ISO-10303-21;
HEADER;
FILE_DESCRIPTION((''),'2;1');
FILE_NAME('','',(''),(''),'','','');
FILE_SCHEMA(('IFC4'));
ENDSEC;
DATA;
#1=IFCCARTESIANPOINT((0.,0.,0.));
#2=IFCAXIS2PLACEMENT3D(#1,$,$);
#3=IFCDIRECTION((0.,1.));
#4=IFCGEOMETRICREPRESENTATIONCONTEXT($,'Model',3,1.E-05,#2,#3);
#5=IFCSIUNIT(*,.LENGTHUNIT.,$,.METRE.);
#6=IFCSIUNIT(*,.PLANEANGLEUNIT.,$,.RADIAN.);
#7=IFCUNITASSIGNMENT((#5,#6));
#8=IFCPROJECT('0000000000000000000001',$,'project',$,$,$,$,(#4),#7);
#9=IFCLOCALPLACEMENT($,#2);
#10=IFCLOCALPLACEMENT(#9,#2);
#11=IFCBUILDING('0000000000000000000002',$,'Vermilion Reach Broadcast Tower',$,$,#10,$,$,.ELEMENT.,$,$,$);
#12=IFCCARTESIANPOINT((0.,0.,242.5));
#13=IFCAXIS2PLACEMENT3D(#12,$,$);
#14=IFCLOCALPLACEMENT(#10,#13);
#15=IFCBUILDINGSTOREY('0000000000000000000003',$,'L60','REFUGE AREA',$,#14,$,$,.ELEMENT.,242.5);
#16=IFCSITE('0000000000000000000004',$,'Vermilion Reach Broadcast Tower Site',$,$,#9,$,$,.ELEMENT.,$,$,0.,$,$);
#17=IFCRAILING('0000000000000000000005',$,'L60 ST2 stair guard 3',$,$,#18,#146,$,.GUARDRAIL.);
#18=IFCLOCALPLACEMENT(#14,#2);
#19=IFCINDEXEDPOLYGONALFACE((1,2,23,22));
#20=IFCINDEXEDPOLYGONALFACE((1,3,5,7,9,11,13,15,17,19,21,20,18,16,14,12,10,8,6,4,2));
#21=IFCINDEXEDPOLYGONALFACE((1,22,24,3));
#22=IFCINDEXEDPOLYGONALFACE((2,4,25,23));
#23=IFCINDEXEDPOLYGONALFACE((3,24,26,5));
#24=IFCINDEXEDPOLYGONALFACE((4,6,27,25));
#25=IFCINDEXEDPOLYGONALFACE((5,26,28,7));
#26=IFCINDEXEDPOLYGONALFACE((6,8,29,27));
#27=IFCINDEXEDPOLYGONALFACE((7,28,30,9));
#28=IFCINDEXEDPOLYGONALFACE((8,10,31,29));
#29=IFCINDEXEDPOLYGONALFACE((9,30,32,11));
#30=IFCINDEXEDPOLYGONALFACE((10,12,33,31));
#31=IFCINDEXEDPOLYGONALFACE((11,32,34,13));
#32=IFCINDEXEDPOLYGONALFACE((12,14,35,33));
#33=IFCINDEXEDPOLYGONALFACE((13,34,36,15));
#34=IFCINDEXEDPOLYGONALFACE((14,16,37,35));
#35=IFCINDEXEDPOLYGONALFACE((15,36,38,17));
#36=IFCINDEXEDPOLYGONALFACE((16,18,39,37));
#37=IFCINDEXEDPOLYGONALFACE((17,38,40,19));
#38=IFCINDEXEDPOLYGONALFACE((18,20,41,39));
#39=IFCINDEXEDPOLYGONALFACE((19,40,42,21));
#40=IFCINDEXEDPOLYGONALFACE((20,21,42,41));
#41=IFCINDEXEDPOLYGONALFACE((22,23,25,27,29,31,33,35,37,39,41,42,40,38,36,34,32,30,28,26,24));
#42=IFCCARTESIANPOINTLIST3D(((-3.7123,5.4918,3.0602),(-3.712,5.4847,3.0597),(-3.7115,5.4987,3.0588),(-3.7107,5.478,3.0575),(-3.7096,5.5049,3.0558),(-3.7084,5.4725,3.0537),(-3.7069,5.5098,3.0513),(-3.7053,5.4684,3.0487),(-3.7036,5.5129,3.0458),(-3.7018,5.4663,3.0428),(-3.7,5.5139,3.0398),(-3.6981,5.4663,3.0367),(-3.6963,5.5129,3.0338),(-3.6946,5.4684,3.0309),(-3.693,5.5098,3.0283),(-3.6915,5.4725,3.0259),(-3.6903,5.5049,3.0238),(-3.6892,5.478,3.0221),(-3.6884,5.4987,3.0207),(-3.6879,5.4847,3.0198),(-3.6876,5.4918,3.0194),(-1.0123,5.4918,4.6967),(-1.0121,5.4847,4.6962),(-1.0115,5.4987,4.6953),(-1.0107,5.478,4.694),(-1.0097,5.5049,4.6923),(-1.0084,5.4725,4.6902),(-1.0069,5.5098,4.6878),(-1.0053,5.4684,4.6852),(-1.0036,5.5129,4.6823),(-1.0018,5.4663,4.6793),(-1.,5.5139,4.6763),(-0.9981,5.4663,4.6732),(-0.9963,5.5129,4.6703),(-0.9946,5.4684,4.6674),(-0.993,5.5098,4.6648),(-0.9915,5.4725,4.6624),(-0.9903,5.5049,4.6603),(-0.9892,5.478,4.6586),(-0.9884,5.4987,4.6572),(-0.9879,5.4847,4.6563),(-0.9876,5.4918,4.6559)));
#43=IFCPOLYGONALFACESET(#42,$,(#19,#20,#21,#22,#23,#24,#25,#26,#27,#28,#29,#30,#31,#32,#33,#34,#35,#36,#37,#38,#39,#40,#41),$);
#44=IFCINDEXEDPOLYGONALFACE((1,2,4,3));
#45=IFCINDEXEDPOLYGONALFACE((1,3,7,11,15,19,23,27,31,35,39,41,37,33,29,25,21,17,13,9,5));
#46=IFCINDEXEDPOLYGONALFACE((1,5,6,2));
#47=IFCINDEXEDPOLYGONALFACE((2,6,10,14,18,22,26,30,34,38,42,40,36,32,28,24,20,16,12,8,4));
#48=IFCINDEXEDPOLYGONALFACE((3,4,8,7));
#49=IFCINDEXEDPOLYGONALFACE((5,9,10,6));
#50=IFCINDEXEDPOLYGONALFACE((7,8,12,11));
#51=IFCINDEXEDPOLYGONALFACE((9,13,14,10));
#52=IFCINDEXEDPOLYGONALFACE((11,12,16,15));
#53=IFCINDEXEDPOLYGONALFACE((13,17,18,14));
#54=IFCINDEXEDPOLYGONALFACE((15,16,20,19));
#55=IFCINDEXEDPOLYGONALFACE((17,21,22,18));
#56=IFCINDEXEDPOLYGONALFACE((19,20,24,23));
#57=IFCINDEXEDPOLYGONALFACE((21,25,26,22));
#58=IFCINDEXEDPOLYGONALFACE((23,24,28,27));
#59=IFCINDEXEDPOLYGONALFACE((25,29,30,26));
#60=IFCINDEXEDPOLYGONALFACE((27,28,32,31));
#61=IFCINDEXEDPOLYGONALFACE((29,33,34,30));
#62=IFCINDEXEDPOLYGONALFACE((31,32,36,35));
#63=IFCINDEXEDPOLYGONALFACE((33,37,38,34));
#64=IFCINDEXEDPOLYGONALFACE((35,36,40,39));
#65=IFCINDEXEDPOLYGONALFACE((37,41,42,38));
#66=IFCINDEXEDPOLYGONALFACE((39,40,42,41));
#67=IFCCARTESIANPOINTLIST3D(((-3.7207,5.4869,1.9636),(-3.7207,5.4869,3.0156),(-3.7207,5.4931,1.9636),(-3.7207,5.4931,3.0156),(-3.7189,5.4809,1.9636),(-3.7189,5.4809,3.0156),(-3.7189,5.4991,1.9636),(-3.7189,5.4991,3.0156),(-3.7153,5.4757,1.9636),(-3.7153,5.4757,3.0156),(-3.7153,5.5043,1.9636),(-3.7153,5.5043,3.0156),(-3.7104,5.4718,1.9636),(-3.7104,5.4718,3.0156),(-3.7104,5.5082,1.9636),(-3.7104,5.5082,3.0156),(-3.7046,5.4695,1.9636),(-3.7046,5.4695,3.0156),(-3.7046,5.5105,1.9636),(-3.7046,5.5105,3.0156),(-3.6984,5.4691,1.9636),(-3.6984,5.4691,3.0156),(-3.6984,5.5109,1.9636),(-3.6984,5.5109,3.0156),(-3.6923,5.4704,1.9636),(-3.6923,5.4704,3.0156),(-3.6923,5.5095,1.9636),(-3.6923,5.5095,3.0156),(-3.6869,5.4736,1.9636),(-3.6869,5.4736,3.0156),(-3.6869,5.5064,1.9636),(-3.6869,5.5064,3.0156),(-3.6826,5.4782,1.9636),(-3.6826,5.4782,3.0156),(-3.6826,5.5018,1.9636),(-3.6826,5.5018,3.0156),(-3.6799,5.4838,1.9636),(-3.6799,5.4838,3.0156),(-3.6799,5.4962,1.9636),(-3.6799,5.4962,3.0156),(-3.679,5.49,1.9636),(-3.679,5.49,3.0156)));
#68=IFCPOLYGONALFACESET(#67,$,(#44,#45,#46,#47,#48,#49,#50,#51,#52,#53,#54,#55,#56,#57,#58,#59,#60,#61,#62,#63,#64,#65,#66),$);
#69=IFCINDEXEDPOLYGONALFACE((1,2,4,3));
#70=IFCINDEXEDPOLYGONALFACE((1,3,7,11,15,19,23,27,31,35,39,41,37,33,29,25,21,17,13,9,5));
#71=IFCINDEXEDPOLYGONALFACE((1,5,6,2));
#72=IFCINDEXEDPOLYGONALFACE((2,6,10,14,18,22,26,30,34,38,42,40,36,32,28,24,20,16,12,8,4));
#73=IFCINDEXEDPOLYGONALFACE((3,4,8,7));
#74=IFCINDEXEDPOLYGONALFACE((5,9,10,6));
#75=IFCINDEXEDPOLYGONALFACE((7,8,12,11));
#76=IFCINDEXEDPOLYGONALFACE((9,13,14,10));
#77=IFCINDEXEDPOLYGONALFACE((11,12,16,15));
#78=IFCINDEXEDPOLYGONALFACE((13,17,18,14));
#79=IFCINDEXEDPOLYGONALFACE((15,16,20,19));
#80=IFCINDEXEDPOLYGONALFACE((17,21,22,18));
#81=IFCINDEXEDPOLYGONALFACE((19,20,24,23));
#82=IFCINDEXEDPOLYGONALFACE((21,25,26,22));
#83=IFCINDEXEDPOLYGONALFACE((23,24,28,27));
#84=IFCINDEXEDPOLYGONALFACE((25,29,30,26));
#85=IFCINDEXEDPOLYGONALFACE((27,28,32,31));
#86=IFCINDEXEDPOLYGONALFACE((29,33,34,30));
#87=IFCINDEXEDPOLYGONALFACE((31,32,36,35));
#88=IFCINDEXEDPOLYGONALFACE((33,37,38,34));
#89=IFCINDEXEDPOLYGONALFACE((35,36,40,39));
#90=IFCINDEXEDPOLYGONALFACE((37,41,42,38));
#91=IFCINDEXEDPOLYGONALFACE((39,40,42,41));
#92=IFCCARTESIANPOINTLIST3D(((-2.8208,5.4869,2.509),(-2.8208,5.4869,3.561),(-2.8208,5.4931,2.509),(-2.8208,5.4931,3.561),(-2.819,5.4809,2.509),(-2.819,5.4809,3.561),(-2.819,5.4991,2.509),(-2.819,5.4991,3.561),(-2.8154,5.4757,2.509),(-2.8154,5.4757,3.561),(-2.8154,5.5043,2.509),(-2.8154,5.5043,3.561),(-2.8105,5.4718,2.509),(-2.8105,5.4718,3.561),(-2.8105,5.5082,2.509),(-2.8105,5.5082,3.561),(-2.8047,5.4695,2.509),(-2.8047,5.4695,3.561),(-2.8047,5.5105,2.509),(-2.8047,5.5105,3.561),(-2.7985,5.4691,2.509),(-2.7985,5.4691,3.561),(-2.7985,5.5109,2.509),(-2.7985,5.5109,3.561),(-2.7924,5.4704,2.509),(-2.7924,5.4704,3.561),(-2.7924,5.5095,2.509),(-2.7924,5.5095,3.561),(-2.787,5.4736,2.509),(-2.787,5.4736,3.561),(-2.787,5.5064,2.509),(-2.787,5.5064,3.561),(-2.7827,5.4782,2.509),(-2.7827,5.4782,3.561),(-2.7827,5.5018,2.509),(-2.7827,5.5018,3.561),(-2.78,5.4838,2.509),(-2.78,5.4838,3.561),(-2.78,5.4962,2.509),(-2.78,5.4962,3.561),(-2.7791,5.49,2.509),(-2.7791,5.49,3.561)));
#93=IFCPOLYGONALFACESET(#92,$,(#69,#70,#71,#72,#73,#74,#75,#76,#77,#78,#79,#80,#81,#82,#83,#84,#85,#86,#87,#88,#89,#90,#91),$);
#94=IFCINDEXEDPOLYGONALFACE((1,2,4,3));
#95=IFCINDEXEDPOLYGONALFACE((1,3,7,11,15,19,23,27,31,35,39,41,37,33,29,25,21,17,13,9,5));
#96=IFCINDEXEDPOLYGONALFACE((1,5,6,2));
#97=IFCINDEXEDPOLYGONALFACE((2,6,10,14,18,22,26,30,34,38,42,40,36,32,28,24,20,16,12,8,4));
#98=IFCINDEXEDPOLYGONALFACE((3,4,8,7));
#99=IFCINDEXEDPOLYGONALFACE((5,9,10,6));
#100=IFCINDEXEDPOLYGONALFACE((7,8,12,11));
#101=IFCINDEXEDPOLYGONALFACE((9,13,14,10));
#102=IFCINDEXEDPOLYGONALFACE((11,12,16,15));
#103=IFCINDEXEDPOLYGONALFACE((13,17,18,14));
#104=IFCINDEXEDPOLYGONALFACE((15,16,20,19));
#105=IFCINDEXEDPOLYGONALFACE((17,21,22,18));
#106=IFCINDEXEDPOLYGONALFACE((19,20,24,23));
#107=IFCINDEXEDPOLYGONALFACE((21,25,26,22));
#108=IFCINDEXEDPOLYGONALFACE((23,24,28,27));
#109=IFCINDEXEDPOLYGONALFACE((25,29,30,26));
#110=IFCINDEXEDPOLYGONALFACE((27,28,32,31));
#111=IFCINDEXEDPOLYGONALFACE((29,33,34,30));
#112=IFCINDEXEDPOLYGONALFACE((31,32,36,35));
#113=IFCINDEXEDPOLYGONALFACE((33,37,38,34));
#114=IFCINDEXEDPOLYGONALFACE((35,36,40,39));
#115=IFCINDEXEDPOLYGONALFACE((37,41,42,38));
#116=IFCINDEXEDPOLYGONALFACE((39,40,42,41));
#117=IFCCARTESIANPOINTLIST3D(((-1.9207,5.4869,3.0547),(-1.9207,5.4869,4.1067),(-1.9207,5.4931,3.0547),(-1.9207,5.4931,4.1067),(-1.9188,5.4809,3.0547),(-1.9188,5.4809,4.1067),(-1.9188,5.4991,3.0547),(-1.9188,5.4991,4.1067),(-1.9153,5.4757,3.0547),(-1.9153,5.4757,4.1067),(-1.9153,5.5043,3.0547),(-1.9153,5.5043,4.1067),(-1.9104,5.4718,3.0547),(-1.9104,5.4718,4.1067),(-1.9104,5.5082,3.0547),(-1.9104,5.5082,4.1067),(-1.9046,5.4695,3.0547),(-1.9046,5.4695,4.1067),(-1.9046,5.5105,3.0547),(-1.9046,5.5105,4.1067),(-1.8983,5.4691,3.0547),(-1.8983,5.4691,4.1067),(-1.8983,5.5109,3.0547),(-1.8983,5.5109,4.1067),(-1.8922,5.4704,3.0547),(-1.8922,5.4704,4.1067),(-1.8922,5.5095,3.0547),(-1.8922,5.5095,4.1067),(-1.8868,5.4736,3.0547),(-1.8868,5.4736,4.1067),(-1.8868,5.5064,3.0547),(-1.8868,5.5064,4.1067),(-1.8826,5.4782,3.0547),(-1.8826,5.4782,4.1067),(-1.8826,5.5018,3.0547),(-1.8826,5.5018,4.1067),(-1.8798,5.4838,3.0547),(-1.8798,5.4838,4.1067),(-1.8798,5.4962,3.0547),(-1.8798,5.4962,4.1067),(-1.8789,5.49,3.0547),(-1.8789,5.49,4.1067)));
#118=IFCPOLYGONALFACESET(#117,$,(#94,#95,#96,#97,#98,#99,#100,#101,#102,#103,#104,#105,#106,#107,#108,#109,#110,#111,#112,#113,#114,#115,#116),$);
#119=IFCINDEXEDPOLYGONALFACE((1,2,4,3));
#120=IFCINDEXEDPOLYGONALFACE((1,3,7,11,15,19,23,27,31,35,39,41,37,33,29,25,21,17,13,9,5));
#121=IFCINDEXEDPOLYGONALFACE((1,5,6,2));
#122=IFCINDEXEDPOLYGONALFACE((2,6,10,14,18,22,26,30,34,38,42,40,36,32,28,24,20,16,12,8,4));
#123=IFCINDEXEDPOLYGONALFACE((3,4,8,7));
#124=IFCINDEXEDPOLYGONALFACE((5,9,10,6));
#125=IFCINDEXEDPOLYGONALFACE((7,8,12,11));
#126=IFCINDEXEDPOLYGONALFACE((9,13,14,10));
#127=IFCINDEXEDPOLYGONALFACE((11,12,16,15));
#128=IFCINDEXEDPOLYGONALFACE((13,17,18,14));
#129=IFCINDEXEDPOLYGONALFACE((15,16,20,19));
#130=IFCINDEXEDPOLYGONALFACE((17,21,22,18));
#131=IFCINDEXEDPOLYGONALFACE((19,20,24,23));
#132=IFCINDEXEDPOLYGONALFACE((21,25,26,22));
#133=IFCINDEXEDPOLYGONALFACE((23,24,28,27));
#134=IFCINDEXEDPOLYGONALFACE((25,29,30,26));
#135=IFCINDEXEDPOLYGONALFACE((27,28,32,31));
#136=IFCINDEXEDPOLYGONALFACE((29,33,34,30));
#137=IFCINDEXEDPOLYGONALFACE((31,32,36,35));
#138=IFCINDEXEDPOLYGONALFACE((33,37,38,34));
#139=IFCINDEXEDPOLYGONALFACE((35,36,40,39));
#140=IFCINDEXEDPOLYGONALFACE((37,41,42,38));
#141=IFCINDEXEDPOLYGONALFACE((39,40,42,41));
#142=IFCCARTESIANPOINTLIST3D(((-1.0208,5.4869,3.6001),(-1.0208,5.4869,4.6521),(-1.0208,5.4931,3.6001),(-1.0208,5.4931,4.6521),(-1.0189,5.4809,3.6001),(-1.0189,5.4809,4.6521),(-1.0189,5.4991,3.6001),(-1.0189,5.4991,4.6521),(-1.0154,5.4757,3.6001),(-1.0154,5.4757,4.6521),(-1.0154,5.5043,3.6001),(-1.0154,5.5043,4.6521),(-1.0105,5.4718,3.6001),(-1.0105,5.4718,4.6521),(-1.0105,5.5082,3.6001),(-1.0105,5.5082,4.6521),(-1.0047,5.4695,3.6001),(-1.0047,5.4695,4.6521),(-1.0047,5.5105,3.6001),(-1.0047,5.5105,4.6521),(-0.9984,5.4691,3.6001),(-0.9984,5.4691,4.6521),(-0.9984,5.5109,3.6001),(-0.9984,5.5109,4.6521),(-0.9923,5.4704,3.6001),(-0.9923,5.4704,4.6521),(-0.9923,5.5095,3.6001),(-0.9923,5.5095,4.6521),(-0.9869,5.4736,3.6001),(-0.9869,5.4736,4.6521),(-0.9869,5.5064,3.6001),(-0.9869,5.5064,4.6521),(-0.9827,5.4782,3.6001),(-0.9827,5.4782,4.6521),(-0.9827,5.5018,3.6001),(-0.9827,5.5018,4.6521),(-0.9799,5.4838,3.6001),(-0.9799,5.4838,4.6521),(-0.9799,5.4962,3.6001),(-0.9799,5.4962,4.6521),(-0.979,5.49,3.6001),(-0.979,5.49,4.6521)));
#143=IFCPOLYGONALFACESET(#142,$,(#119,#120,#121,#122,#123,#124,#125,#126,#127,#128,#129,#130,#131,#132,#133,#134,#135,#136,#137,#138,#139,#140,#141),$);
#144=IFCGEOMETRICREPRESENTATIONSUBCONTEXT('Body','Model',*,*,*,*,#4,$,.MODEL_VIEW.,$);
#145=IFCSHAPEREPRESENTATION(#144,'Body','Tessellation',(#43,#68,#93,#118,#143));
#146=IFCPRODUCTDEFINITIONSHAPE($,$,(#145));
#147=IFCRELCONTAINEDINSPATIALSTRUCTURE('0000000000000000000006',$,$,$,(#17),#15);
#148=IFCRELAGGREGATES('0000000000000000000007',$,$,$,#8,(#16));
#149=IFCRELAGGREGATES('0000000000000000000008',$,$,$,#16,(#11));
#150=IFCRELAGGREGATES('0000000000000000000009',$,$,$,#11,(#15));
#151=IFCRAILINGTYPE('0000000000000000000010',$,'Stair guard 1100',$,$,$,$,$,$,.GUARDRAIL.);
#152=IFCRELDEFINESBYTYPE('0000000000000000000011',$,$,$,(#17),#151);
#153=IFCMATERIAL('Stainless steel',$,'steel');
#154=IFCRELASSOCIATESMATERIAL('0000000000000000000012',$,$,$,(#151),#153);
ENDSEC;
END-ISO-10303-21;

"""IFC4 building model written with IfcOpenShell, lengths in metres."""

from ifc_helpers import new_model, si_unit, direction, frame, origin, origin_2d, place, context, subcontext, project, spatial, circle, extrude, material, type_object, element, save


model = new_model("IFC4")

# Units and contexts
model_context = context("Model", 3, precision=1e-05, world=origin(), true_north=direction((0.0, 1.0)))
body_context = subcontext(model_context, "Body", "Model", "MODEL_VIEW")
ifc_project = project(units=[si_unit("LENGTHUNIT", "METRE"), si_unit("PLANEANGLEUNIT", "RADIAN")], contexts=[model_context])

# Site, building, storey
site_placement = place(None, origin())
site = spatial("IfcSite", under=ifc_project, at=site_placement, Name="Vermilion Reach Broadcast Tower Site", CompositionType="ELEMENT", RefElevation=0.0)
building_placement = place(site_placement, origin())
building = spatial("IfcBuilding", under=site, at=building_placement, Name="Vermilion Reach Broadcast Tower", CompositionType="ELEMENT")
storey_placement = place(building_placement, frame((0.0, 0.0, 242.5)))
storey = spatial("IfcBuildingStorey", under=building, at=storey_placement, Name="L60", Description="REFUGE AREA", CompositionType="ELEMENT", Elevation=242.5)

# Railing
ifc_material_1 = material(Name="Stainless steel", Category="steel")
railing_type_1 = type_object("IfcRailingType", Name="Stair guard 1100", PredefinedType="GUARDRAIL", material=ifc_material_1)
railing_1_placement = place(storey_placement, frame((-3.7, 5.49, 1.9636)))
element("IfcRailing", 1, at=railing_1_placement, inside=storey, type_object=railing_type_1, Name="L60 ST2 stair guard 3", PredefinedType="GUARDRAIL", context=body_context, shape_type="SweptSolid", body=[
    extrude(circle(Radius=0.0239, at=origin_2d()), frame((0.0, 0.0, 1.0762), z_axis=(0.855178, 0.0, 0.518334), x_axis=(0.0, 1.0, 0.0)), (0.0, 0.0, 1.0), 3.1572),
    extrude(circle(Radius=0.021, at=origin_2d()), origin(), (0.0, 0.0, 1.0), 1.052),
    extrude(circle(Radius=0.021, at=origin_2d()), frame((0.8999, 0.0, 0.5454)), (0.0, 0.0, 1.0), 1.052),
    extrude(circle(Radius=0.021, at=origin_2d()), frame((1.8, 0.0, 1.0911)), (0.0, 0.0, 1.0), 1.052),
    extrude(circle(Radius=0.021, at=origin_2d()), frame((2.7, 0.0, 1.6365)), (0.0, 0.0, 1.0), 1.052),
])

save(model, "model.ifc")
